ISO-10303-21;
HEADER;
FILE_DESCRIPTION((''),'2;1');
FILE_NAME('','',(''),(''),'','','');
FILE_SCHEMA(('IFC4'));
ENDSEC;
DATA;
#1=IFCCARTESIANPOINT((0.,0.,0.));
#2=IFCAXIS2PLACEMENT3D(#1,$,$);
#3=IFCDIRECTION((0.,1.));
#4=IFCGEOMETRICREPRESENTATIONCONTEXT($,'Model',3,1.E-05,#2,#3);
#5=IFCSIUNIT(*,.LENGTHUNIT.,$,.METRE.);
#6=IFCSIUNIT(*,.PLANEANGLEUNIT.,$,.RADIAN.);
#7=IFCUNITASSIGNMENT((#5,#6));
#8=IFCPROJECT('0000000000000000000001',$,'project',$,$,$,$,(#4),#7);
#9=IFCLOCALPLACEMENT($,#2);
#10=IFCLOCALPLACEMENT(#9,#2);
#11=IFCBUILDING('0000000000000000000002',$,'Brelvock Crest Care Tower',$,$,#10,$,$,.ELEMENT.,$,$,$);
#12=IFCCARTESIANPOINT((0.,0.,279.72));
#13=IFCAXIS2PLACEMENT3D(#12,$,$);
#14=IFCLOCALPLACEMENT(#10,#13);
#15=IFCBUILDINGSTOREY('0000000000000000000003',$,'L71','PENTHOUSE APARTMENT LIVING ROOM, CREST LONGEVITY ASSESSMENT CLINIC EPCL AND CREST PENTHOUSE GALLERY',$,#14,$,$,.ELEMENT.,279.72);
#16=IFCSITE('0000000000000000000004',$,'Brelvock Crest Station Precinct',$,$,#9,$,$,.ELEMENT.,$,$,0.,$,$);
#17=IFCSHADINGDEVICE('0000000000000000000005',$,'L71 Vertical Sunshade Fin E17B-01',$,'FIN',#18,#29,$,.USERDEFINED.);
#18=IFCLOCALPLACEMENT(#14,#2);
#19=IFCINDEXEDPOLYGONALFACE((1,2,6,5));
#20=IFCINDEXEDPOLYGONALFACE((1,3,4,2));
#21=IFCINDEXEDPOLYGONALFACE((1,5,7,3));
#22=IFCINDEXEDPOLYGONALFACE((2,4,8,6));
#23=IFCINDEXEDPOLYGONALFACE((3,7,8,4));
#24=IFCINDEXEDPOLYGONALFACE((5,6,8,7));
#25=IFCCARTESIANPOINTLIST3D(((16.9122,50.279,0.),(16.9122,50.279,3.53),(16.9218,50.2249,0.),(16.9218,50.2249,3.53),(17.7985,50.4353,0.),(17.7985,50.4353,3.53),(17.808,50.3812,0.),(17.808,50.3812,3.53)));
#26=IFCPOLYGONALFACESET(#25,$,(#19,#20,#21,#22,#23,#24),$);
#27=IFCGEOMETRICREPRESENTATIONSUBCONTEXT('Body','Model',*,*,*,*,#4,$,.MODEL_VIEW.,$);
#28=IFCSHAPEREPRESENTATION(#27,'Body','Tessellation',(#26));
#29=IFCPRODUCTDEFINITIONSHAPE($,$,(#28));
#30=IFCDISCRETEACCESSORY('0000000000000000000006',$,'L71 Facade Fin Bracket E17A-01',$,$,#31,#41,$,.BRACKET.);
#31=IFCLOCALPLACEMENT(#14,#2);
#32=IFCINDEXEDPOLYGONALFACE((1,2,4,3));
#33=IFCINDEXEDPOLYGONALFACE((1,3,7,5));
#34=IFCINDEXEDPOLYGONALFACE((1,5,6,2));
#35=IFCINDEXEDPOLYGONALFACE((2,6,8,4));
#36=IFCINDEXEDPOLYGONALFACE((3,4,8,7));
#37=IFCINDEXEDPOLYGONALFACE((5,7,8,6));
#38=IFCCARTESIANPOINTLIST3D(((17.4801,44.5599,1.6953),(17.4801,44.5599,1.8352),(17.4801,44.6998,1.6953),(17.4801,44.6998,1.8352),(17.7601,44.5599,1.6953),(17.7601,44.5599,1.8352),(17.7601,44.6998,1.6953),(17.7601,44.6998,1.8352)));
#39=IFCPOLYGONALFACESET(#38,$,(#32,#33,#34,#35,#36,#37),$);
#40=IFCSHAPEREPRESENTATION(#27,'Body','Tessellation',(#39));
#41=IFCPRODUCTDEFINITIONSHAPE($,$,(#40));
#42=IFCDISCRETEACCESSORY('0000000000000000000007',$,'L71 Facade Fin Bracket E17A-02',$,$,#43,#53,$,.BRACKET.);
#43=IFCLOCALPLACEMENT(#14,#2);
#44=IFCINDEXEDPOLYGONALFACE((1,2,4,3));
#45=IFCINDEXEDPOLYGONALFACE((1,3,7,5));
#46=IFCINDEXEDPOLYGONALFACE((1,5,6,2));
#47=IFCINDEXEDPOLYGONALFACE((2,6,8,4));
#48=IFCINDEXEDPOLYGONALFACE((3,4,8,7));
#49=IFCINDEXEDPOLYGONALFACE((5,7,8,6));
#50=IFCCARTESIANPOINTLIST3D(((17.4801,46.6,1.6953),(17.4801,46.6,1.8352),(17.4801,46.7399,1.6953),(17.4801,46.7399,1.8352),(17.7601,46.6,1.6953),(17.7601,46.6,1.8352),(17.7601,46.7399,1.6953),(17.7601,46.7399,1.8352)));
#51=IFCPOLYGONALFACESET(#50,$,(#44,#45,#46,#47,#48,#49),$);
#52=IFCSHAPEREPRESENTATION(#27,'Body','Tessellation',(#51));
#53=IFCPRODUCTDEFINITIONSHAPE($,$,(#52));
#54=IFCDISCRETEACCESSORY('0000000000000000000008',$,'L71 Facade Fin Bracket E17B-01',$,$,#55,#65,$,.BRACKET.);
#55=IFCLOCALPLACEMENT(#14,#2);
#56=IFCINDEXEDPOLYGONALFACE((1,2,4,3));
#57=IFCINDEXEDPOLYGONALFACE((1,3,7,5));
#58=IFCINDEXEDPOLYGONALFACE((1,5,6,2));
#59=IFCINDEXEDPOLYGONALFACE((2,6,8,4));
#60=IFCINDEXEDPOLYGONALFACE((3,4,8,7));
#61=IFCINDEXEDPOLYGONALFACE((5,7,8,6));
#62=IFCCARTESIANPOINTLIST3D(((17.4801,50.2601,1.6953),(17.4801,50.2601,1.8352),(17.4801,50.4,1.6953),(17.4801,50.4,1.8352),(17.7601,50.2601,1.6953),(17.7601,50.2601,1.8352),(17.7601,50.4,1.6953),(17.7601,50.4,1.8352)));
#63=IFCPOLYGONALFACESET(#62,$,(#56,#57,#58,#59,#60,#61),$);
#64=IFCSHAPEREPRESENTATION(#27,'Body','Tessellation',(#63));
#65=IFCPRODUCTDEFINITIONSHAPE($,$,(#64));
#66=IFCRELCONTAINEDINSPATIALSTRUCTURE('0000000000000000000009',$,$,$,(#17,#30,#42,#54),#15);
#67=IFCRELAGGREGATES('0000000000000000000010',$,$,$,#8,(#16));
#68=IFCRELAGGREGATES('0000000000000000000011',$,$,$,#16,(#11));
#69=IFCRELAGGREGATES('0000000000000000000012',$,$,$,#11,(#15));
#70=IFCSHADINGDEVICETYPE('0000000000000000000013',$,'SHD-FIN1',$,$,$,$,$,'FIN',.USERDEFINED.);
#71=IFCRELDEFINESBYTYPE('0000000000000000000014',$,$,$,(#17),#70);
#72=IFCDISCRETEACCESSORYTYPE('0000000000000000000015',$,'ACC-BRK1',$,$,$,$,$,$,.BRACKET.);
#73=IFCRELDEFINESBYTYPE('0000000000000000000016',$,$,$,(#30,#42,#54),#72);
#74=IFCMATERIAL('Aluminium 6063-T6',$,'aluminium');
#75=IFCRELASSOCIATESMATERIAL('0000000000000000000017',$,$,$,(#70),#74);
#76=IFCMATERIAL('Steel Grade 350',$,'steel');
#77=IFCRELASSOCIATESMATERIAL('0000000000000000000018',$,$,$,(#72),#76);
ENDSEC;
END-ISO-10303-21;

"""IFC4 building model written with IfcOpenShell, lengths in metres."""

from ifc_helpers import new_model, si_unit, direction, frame, origin, origin_2d, place, context, subcontext, project, spatial, rectangle, extrude, source, transform, mapped, material, material_profile, profile_set, type_object, element, save


model = new_model("IFC4")

# Units and contexts
model_context = context("Model", 3, precision=1e-05, world=origin(), true_north=direction((0.0, 1.0)))
body_context = subcontext(model_context, "Body", "Model", "MODEL_VIEW")
ifc_project = project(units=[si_unit("LENGTHUNIT", "METRE"), si_unit("PLANEANGLEUNIT", "RADIAN")], contexts=[model_context])

# Site, building, storey
site_placement = place(None, origin())
site = spatial("IfcSite", under=ifc_project, at=site_placement, Name="Brelvock Crest Station Precinct", CompositionType="ELEMENT", RefElevation=0.0)
building_placement = place(site_placement, origin())
building = spatial("IfcBuilding", under=site, at=building_placement, Name="Brelvock Crest Care Tower", CompositionType="ELEMENT")
storey_placement = place(building_placement, frame((0.0, 0.0, 279.72)))
storey = spatial("IfcBuildingStorey", under=building, at=storey_placement, Name="L71", Description="PENTHOUSE APARTMENT LIVING ROOM, CREST LONGEVITY ASSESSMENT CLINIC EPCL AND CREST PENTHOUSE GALLERY", CompositionType="ELEMENT", Elevation=279.72)

# Shared definitions
ifc_material_1 = material(Name="Steel Grade 350", Category="steel")

# Shared definitions
ifc_material_2 = material(Name="Aluminium 6063-T6", Category="aluminium")

# Shading device
ifc_material_profile_1 = material_profile(ifc_material_2, rectangle(XDim=0.0549, YDim=0.8999, at=origin_2d()), Name="FIN55x900")
ifc_profile_set_1 = profile_set([ifc_material_profile_1], Name="Aluminium 6063-T6")
shading_device_type = type_object("IfcShadingDeviceType", Name="SHD-FIN1", ElementType="FIN", PredefinedType="USERDEFINED", material=ifc_profile_set_1)
shared_shape_1 = source(origin(), body_context, "Body", "SweptSolid", [
    extrude(rectangle(XDim=0.0549, YDim=0.8999, at=origin_2d()), origin(), (0.0, 0.0, 1.0), 3.53),
])
for number, where, z_axis, x_axis, name in (
    (1, (17.3601, 50.3301, 0.0), (0.0, 0.0, 1.0), (-0.173648, 0.984808, 0.0), "L71 Vertical Sunshade Fin E17B-01"),
):
    element("IfcShadingDevice", number, at=place(storey_placement, frame(where, z_axis=z_axis, x_axis=x_axis)), inside=storey, type_object=shading_device_type, Name=name, ObjectType="FIN", PredefinedType="USERDEFINED", context=body_context, shape_type="MappedRepresentation", body=[
        mapped(shared_shape_1, transform((0.0, 0.0, 0.0), x_axis=(1.0, 0.0, 0.0), y_axis=(0.0, 1.0, 0.0), z_axis=(0.0, 0.0, 1.0), scale=1.0)),
    ])

# Discrete accessories
discrete_accessory_type = type_object("IfcDiscreteAccessoryType", Name="ACC-BRK1", PredefinedType="BRACKET", material=ifc_material_1)
shared_shape_2 = source(origin(), body_context, "Body", "SweptSolid", [
    extrude(rectangle(XDim=0.28, YDim=0.1399, at=origin_2d()), origin(), (0.0, 0.0, 1.0), 0.1399),
])
for number, where, z_axis, x_axis, name in (
    (2, (17.6201, 44.6299, 1.6953), (0.0, 0.0, 1.0), (-1.0, 0.0, 0.0), "L71 Facade Fin Bracket E17A-01"),
    (3, (17.6201, 46.6699, 1.6953), (0.0, 0.0, 1.0), (-1.0, 0.0, 0.0), "L71 Facade Fin Bracket E17A-02"),
    (4, (17.6201, 50.3301, 1.6953), (0.0, 0.0, 1.0), (-1.0, 0.0, 0.0), "L71 Facade Fin Bracket E17B-01"),
):
    element("IfcDiscreteAccessory", number, at=place(storey_placement, frame(where, z_axis=z_axis, x_axis=x_axis)), inside=storey, type_object=discrete_accessory_type, Name=name, PredefinedType="BRACKET", context=body_context, shape_type="MappedRepresentation", body=[
        mapped(shared_shape_2, transform((0.0, 0.0, 0.0), x_axis=(1.0, 0.0, 0.0), y_axis=(0.0, 1.0, 0.0), z_axis=(0.0, 0.0, 1.0), scale=1.0)),
    ])

save(model, "model.ifc")
